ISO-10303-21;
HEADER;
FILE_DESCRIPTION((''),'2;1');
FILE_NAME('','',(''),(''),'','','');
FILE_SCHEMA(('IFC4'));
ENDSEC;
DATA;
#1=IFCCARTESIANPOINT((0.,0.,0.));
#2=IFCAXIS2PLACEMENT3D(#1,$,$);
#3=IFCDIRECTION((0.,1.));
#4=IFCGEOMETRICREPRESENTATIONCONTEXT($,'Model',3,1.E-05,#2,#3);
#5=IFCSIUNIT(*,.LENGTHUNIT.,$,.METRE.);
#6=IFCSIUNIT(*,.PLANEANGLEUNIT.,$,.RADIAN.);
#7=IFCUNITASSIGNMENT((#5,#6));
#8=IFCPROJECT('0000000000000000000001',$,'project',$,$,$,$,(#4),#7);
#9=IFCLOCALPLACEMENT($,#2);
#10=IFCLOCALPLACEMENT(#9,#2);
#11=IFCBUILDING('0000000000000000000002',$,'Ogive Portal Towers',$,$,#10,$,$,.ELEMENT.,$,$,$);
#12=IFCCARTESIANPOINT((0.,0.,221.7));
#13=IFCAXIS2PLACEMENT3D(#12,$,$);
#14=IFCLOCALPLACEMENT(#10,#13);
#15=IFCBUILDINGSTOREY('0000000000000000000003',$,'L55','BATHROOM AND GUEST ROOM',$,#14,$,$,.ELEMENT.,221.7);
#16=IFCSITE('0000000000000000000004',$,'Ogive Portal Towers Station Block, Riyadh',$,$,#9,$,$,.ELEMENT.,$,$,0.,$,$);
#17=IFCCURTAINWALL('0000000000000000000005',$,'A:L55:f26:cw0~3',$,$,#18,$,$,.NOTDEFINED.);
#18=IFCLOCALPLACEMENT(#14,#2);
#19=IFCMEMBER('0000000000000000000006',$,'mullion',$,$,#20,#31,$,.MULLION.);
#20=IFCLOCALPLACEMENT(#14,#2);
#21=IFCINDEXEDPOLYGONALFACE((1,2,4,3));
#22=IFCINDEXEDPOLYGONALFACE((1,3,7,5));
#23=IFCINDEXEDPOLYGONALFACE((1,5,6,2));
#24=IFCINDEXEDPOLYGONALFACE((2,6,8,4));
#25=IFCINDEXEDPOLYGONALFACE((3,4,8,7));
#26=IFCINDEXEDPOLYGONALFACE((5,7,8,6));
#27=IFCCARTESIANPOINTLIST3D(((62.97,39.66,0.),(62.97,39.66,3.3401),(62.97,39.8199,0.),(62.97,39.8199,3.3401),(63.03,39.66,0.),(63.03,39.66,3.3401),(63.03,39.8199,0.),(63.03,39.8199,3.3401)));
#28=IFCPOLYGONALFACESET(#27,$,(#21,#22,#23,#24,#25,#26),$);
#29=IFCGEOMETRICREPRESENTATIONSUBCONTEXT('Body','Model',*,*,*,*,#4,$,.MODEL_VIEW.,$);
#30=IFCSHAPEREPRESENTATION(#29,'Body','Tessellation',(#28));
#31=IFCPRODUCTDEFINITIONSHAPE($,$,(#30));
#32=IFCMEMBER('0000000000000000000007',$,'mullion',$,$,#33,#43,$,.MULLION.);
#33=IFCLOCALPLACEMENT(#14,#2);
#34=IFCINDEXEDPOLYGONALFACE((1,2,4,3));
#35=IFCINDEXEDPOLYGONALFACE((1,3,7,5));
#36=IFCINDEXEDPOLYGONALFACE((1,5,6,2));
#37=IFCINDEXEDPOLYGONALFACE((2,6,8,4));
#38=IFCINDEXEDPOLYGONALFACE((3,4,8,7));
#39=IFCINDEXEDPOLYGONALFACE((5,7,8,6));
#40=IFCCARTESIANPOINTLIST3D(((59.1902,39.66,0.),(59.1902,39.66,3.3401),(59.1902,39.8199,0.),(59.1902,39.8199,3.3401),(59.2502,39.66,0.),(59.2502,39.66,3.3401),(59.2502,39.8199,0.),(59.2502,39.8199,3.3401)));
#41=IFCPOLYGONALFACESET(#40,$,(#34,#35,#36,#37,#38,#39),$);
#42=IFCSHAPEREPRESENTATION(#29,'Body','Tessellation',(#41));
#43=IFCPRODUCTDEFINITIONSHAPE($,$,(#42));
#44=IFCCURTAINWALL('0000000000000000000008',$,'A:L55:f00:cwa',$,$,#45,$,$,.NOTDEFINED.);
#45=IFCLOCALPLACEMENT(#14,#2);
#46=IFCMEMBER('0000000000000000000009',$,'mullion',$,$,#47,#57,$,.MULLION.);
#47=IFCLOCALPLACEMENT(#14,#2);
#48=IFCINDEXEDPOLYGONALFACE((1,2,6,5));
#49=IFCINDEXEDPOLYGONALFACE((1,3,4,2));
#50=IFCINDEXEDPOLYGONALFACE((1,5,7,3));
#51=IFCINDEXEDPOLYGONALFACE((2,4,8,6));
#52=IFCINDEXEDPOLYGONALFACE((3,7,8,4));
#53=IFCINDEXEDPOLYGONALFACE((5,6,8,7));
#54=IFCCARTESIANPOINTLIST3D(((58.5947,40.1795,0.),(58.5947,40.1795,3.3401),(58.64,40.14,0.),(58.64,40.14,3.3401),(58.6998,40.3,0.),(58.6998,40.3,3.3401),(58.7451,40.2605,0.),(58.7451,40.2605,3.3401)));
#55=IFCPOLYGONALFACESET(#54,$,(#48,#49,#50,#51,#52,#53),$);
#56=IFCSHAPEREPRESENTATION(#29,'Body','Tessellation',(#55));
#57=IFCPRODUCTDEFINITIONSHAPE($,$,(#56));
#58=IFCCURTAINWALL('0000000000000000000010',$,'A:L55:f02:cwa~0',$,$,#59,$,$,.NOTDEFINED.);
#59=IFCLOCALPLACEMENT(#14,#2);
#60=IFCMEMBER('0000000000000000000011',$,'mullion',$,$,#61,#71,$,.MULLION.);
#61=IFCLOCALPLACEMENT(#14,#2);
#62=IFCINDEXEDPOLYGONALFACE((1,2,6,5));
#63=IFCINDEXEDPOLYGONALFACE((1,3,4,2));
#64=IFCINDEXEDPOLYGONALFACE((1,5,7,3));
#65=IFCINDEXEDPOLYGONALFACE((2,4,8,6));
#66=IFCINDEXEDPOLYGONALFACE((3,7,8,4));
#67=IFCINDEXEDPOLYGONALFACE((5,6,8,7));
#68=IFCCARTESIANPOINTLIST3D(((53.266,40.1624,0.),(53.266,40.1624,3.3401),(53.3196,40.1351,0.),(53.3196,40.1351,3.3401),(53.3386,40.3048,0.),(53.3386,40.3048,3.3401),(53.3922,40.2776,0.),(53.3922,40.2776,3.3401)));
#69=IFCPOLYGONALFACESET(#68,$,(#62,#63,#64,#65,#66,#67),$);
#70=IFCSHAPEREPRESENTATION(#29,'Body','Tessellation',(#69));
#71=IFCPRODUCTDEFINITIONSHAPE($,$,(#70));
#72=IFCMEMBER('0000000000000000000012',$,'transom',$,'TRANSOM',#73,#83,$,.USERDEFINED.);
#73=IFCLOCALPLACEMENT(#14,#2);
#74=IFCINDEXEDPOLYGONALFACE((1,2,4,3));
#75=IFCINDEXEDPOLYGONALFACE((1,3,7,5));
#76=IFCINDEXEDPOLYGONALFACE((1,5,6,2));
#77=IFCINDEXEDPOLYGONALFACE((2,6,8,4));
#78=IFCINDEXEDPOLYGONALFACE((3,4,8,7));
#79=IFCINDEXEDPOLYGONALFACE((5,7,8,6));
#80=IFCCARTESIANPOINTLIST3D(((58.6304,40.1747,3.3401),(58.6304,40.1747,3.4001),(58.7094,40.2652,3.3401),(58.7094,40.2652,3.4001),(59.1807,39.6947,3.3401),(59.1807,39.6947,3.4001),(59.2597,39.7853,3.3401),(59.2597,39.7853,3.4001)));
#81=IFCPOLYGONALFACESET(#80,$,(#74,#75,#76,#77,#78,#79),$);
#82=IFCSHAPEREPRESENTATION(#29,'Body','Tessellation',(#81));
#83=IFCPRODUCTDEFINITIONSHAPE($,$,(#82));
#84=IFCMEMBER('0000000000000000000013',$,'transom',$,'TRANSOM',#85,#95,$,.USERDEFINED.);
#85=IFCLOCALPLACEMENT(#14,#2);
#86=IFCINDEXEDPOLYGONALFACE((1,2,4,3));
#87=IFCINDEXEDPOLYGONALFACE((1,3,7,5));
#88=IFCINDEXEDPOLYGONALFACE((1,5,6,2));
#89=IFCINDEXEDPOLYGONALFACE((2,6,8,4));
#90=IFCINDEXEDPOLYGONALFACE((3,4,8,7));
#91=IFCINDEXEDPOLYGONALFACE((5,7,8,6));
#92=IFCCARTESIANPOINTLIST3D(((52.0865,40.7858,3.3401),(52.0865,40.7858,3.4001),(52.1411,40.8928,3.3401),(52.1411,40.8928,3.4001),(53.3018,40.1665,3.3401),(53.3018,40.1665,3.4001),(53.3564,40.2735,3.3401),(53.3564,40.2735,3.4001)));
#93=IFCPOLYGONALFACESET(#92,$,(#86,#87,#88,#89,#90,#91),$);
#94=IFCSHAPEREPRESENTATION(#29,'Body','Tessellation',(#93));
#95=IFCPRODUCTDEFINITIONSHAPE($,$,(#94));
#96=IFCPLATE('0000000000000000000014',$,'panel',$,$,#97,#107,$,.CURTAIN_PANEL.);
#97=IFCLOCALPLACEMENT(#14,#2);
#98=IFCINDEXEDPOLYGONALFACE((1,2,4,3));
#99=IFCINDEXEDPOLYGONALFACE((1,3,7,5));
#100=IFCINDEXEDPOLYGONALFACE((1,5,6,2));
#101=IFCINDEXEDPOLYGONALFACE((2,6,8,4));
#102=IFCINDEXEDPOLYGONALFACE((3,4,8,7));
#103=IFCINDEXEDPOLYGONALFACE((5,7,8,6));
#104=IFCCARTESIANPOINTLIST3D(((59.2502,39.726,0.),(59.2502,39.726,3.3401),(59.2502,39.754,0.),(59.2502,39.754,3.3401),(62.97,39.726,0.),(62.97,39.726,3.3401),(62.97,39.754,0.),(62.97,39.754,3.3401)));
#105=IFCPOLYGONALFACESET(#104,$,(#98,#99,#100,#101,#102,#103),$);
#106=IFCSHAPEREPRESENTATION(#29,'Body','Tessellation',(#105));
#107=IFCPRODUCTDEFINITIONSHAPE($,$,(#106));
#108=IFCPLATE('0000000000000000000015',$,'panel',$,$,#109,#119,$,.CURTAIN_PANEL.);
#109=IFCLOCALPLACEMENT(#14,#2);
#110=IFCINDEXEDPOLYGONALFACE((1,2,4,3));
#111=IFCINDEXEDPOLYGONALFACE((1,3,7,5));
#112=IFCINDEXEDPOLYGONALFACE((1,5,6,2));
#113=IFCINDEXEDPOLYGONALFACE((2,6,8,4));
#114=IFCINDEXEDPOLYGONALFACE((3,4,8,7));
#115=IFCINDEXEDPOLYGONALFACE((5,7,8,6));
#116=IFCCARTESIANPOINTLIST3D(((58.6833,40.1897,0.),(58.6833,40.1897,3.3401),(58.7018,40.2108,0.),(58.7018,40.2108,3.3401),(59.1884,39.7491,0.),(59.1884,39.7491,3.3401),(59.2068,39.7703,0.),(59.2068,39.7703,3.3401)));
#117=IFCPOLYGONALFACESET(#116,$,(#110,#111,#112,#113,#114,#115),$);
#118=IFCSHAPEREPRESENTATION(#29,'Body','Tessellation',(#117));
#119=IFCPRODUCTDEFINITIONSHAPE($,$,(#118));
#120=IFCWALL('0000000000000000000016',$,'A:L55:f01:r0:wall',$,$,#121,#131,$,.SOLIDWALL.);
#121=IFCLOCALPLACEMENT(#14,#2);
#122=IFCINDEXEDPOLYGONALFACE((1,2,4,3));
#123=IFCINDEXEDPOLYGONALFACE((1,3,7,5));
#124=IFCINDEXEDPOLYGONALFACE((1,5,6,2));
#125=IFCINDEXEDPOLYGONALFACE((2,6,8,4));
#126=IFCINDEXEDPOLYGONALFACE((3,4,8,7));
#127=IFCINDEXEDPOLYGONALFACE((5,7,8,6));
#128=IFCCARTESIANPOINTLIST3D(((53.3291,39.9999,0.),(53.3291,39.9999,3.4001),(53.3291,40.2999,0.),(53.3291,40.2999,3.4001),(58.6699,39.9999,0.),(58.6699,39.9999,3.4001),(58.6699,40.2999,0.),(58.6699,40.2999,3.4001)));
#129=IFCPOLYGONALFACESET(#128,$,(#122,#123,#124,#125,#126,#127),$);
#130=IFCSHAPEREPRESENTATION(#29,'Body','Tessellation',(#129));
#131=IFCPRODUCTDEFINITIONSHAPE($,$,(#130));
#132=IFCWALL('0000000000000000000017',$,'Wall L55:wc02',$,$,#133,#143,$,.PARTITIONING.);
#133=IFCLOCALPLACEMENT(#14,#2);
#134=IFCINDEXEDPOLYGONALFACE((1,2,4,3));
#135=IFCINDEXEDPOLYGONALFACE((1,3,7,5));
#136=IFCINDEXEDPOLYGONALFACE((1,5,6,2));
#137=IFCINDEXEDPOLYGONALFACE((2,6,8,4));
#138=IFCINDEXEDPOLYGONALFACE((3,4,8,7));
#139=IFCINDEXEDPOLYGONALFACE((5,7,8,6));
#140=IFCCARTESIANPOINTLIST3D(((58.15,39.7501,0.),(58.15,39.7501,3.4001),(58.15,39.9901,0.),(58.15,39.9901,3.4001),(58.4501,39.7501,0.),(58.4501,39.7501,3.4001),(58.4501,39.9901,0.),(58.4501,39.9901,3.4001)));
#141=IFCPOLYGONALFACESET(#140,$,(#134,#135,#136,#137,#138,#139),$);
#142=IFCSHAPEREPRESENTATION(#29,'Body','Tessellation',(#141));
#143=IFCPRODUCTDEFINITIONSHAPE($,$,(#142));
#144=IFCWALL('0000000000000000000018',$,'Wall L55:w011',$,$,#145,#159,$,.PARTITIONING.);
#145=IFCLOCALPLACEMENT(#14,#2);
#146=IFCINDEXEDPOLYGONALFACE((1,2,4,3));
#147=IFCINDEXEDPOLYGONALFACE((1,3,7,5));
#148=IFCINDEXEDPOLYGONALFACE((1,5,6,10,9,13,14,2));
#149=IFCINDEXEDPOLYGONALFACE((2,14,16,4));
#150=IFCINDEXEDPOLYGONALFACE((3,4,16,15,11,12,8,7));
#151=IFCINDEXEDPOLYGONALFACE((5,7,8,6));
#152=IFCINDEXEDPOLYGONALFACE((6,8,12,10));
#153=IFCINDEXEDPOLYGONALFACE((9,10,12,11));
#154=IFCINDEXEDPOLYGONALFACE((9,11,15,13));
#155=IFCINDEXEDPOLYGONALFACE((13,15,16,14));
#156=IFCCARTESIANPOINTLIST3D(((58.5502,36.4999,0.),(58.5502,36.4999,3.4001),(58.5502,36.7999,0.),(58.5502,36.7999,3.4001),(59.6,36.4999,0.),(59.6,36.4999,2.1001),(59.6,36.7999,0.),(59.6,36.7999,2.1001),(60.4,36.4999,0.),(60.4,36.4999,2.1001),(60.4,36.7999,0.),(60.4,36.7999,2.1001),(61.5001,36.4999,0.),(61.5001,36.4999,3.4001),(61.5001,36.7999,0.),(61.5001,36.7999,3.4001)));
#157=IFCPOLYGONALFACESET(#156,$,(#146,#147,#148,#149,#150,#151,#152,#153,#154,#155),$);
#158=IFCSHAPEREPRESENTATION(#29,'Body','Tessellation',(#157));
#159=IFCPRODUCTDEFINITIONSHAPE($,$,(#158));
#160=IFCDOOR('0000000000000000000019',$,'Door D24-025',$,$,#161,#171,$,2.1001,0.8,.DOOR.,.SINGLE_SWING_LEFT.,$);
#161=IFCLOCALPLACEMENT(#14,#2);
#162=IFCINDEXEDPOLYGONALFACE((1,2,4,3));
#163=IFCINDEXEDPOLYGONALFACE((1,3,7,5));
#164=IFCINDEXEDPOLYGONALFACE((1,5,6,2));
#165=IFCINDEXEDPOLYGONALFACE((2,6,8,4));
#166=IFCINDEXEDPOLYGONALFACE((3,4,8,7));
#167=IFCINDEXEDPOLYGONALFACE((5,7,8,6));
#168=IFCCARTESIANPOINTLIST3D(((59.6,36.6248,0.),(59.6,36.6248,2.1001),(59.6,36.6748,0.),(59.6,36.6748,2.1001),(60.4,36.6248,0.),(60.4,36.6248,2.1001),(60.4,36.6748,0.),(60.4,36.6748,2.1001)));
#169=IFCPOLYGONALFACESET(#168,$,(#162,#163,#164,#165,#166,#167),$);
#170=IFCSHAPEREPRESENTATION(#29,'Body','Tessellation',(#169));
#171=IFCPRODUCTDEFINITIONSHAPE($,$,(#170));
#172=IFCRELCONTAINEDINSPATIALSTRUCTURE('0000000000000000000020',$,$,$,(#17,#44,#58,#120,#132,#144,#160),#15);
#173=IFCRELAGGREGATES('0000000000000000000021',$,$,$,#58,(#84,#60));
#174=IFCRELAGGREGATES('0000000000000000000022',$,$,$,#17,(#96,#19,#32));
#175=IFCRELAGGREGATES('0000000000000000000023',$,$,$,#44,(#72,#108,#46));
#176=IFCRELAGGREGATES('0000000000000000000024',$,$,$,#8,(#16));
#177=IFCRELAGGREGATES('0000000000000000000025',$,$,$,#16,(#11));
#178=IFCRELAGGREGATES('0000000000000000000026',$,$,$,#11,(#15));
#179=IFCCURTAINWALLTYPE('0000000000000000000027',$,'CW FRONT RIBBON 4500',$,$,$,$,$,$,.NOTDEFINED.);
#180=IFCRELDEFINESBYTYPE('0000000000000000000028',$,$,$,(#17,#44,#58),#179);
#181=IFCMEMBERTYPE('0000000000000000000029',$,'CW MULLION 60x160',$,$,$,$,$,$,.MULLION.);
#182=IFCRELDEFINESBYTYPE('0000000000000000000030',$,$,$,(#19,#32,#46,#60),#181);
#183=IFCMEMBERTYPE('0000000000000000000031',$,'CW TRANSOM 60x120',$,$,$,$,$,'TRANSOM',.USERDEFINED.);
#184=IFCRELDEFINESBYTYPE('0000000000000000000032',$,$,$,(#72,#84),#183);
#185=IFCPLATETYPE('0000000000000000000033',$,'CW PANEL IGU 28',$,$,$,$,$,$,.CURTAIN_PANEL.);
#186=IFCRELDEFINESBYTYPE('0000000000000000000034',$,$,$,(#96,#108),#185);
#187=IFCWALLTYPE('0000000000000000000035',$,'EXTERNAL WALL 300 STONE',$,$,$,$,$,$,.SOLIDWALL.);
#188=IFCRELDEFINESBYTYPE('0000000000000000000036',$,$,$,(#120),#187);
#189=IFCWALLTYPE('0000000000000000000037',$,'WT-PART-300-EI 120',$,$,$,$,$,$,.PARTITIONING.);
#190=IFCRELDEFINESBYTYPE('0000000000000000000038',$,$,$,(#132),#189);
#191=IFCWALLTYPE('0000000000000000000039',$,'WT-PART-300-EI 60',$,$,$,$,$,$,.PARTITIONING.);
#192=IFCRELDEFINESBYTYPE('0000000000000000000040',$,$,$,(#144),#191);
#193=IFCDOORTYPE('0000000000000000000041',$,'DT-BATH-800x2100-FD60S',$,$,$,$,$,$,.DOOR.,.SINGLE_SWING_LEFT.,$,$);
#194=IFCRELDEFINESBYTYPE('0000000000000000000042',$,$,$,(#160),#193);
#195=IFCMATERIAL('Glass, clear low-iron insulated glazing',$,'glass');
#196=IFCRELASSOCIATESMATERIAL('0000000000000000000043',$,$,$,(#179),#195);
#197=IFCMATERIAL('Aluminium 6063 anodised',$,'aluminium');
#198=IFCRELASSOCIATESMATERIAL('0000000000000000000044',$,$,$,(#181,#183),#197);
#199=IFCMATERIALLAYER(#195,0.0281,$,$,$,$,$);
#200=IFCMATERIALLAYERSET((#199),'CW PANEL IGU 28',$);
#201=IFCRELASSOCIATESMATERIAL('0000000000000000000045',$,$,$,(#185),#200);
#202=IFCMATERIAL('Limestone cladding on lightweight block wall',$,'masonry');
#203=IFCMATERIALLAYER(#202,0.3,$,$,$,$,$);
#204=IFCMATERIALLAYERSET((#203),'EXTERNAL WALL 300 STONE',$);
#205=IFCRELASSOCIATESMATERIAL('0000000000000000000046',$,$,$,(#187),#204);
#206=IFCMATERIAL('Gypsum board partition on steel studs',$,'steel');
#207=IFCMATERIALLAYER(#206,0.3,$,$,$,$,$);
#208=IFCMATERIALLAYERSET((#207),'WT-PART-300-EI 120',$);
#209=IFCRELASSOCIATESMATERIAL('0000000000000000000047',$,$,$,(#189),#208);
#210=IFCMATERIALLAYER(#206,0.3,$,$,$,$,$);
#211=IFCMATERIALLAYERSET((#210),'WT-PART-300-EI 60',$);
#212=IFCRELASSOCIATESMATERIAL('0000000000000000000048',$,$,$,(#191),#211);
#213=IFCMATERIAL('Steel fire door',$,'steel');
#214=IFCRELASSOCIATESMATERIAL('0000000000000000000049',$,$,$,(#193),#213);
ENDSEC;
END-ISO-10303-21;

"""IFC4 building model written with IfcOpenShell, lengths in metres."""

from ifc_helpers import new_model, si_unit, direction, frame, frame_2d, origin, origin_2d, place, context, subcontext, project, spatial, rectangle, extrude, material, layer, layer_set, material_profile, profile_set, type_object, element, fill, aggregate, save


model = new_model("IFC4")

# Units and contexts
model_context = context("Model", 3, precision=1e-05, world=origin(), true_north=direction((0.0, 1.0)))
body_context = subcontext(model_context, "Body", "Model", "MODEL_VIEW")
ifc_project = project(units=[si_unit("LENGTHUNIT", "METRE"), si_unit("PLANEANGLEUNIT", "RADIAN")], contexts=[model_context])

# Site, building, storey
site_placement = place(None, origin())
site = spatial("IfcSite", under=ifc_project, at=site_placement, Name="Ogive Portal Towers Station Block, Riyadh", CompositionType="ELEMENT", RefElevation=0.0)
building_placement = place(site_placement, origin())
building = spatial("IfcBuilding", under=site, at=building_placement, Name="Ogive Portal Towers", CompositionType="ELEMENT")
storey_placement = place(building_placement, frame((0.0, 0.0, 221.7)))
storey = spatial("IfcBuildingStorey", under=building, at=storey_placement, Name="L55", Description="BATHROOM AND GUEST ROOM", CompositionType="ELEMENT", Elevation=221.7)

# Curtain wall, members
ifc_material_1 = material(Name="Glass, clear low-iron insulated glazing", Category="glass")
curtain_wall_type = type_object("IfcCurtainWallType", Name="CW FRONT RIBBON 4500", PredefinedType="NOTDEFINED", material=ifc_material_1)
curtain_wall_1_placement = place(storey_placement, origin())
curtain_wall_1 = element("IfcCurtainWall", 1, at=curtain_wall_1_placement, inside=storey, type_object=curtain_wall_type, Name="A:L55:f26:cw0~3", PredefinedType="NOTDEFINED")
ifc_material_2 = material(Name="Aluminium 6063 anodised", Category="aluminium")
ifc_material_profile_1 = material_profile(ifc_material_2, rectangle(XDim=0.1599, YDim=0.0601, at=origin_2d()), Name="AL 60x160")
ifc_profile_set_1 = profile_set([ifc_material_profile_1], Name="Aluminium 6063 anodised")
member_type_1 = type_object("IfcMemberType", Name="CW MULLION 60x160", PredefinedType="MULLION", material=ifc_profile_set_1)
member_1_placement = place(storey_placement, frame((63.0, 39.74, 0.0), z_axis=(0.0, 0.0, 1.0), x_axis=(0.0, -1.0, 0.0)))
member_1 = element("IfcMember", 2, at=member_1_placement, type_object=member_type_1, Name="mullion", PredefinedType="MULLION", context=body_context, shape_type="SweptSolid", body=[
    extrude(rectangle(XDim=0.1599, YDim=0.0601, at=origin_2d()), origin(), (0.0, 0.0, 1.0), 3.3401),
])
member_2_placement = place(storey_placement, frame((59.2202, 39.74, 0.0), z_axis=(0.0, 0.0, 1.0), x_axis=(0.0, -1.0, 0.0)))
member_2 = element("IfcMember", 3, at=member_2_placement, type_object=member_type_1, Name="mullion", PredefinedType="MULLION", context=body_context, shape_type="SweptSolid", body=[
    extrude(rectangle(XDim=0.1599, YDim=0.0601, at=origin_2d()), origin(), (0.0, 0.0, 1.0), 3.3401),
])

# Curtain walls, members
curtain_wall_2_placement = place(storey_placement, origin())
curtain_wall_2 = element("IfcCurtainWall", 4, at=curtain_wall_2_placement, inside=storey, type_object=curtain_wall_type, Name="A:L55:f00:cwa", PredefinedType="NOTDEFINED")
member_3_placement = place(storey_placement, frame((58.6699, 40.22, 0.0), z_axis=(0.0, 0.0, 1.0), x_axis=(-0.657335, -0.753599, 0.0)))
member_3 = element("IfcMember", 5, at=member_3_placement, type_object=member_type_1, Name="mullion", PredefinedType="MULLION", context=body_context, shape_type="SweptSolid", body=[
    extrude(rectangle(XDim=0.1599, YDim=0.0601, at=origin_2d()), origin(), (0.0, 0.0, 1.0), 3.3401),
])
curtain_wall_3_placement = place(storey_placement, origin())
curtain_wall_3 = element("IfcCurtainWall", 6, at=curtain_wall_3_placement, inside=storey, type_object=curtain_wall_type, Name="A:L55:f02:cwa~0", PredefinedType="NOTDEFINED")
member_4_placement = place(storey_placement, frame((53.3291, 40.22, 0.0), z_axis=(0.0, 0.0, 1.0), x_axis=(-0.45399, -0.891007, 0.0)))
member_4 = element("IfcMember", 7, at=member_4_placement, type_object=member_type_1, Name="mullion", PredefinedType="MULLION", context=body_context, shape_type="SweptSolid", body=[
    extrude(rectangle(XDim=0.1599, YDim=0.0601, at=origin_2d()), origin(), (0.0, 0.0, 1.0), 3.3401),
])

# Members
ifc_material_profile_2 = material_profile(ifc_material_2, rectangle(XDim=0.1201, YDim=0.0601, at=origin_2d()), Name="AL 120x60")
ifc_profile_set_2 = profile_set([ifc_material_profile_2], Name="Aluminium 6063 anodised")
member_type_2 = type_object("IfcMemberType", Name="CW TRANSOM 60x120", ElementType="TRANSOM", PredefinedType="USERDEFINED", material=ifc_profile_set_2)
member_5_placement = place(storey_placement, frame((59.2202, 39.74, 3.3701), z_axis=(-0.753611, 0.65732, 0.0), x_axis=(-0.65732, -0.753611, 0.0)))
member_5 = element("IfcMember", 8, at=member_5_placement, type_object=member_type_2, Name="transom", ObjectType="TRANSOM", PredefinedType="USERDEFINED", context=body_context, shape_type="SweptSolid", body=[
    extrude(rectangle(XDim=0.1201, YDim=0.0601, at=origin_2d()), origin(), (0.0, 0.0, 1.0), 0.7302),
])
member_6_placement = place(storey_placement, frame((53.3291, 40.22, 3.3701), z_axis=(-0.890964, 0.454073, 0.0), x_axis=(-0.454073, -0.890964, 0.0)))
member_6 = element("IfcMember", 9, at=member_6_placement, type_object=member_type_2, Name="transom", ObjectType="TRANSOM", PredefinedType="USERDEFINED", context=body_context, shape_type="SweptSolid", body=[
    extrude(rectangle(XDim=0.1201, YDim=0.0601, at=origin_2d()), origin(), (0.0, 0.0, 1.0), 1.364),
])
aggregate(curtain_wall_3, [member_6, member_4])

# Plates
ifc_layer_1 = layer(ifc_material_1, 0.0281)
ifc_layer_set_1 = layer_set([ifc_layer_1], Name="CW PANEL IGU 28")
plate_type = type_object("IfcPlateType", Name="CW PANEL IGU 28", PredefinedType="CURTAIN_PANEL", material=ifc_layer_set_1)
plate_1_placement = place(storey_placement, frame((61.1101, 39.74, 0.0), z_axis=(0.0, 0.0, 1.0), x_axis=(-1.0, 0.0, 0.0)))
plate_1 = element("IfcPlate", 10, at=plate_1_placement, type_object=plate_type, Name="panel", PredefinedType="CURTAIN_PANEL", context=body_context, shape_type="SweptSolid", body=[
    extrude(rectangle(XDim=3.7197, YDim=0.0281, at=origin_2d()), origin(), (0.0, 0.0, 1.0), 3.3401),
])
aggregate(curtain_wall_1, [plate_1, member_1, member_2])
plate_2_placement = place(storey_placement, frame((58.9451, 39.98, 0.0), z_axis=(0.0, 0.0, 1.0), x_axis=(-0.753599, 0.657335, 0.0)))
plate_2 = element("IfcPlate", 11, at=plate_2_placement, type_object=plate_type, Name="panel", PredefinedType="CURTAIN_PANEL", context=body_context, shape_type="SweptSolid", body=[
    extrude(rectangle(XDim=0.6702, YDim=0.0281, at=origin_2d()), origin(), (0.0, 0.0, 1.0), 3.3401),
])
aggregate(curtain_wall_2, [member_5, plate_2, member_3])

# Walls
ifc_material_3 = material(Name="Limestone cladding on lightweight block wall", Category="masonry")
ifc_layer_2 = layer(ifc_material_3, 0.3)
ifc_layer_set_2 = layer_set([ifc_layer_2], Name="EXTERNAL WALL 300 STONE")
wall_type_1 = type_object("IfcWallType", Name="EXTERNAL WALL 300 STONE", PredefinedType="SOLIDWALL", material=ifc_layer_set_2)
wall_1_placement = place(storey_placement, frame((58.6699, 40.1499, 0.0), z_axis=(0.0, 0.0, 1.0), x_axis=(-1.0, 0.0, 0.0)))
element("IfcWall", 12, at=wall_1_placement, inside=storey, type_object=wall_type_1, Name="A:L55:f01:r0:wall", PredefinedType="SOLIDWALL", context=body_context, shape_type="SweptSolid", body=[
    extrude(rectangle(XDim=5.3408, YDim=0.3, at=frame_2d((2.6704, 0.0))), origin(), (0.0, 0.0, 1.0), 3.4001),
])
ifc_material_4 = material(Name="Gypsum board partition on steel studs", Category="steel")
ifc_layer_3 = layer(ifc_material_4, 0.3)
ifc_layer_set_3 = layer_set([ifc_layer_3], Name="WT-PART-300-EI 120")
wall_type_2 = type_object("IfcWallType", Name="WT-PART-300-EI 120", PredefinedType="PARTITIONING", material=ifc_layer_set_3)
wall_2_placement = place(storey_placement, frame((58.3, 39.75, 0.0), z_axis=(0.0, 0.0, 1.0), x_axis=(0.0, 1.0, 0.0)))
element("IfcWall", 13, at=wall_2_placement, inside=storey, type_object=wall_type_2, Name="Wall L55:wc02", PredefinedType="PARTITIONING", context=body_context, shape_type="SweptSolid", body=[
    extrude(rectangle(XDim=0.24, YDim=0.3, at=frame_2d((0.1201, 0.0))), origin(), (0.0, 0.0, 1.0), 3.4001),
])

# Wall, opening, door
ifc_layer_4 = layer(ifc_material_4, 0.3)
ifc_layer_set_4 = layer_set([ifc_layer_4], Name="WT-PART-300-EI 60")
wall_type_3 = type_object("IfcWallType", Name="WT-PART-300-EI 60", PredefinedType="PARTITIONING", material=ifc_layer_set_4)
wall_3_placement = place(storey_placement, frame((58.55, 36.6499, 0.0), z_axis=(0.0, 0.0, 1.0), x_axis=(1.0, 0.0, 0.0)))
wall_3 = element("IfcWall", 14, at=wall_3_placement, inside=storey, type_object=wall_type_3, Name="Wall L55:w011", PredefinedType="PARTITIONING", context=body_context, shape_type="SweptSolid", body=[
    extrude(rectangle(XDim=2.95, YDim=0.3, at=frame_2d((1.4751, 0.0))), origin(), (0.0, 0.0, 1.0), 3.4001),
])
opening_1_placement = place(wall_3_placement, frame((1.05, 0.0, 0.0)))
opening_1 = element("IfcOpeningElement", 15, at=opening_1_placement, cuts=wall_3, PredefinedType="OPENING", context=body_context, shape_type="SweptSolid", body=[
    extrude(rectangle(XDim=0.8, YDim=2.1001, at=frame_2d((0.3999, 1.05))), frame((0.0, 0.1602, 0.0), z_axis=(0.0, -1.0, 0.0), x_axis=(1.0, 0.0, 0.0)), (0.0, 0.0, 1.0), 0.3201),
])
ifc_material_5 = material(Name="Steel fire door", Category="steel")
door_type = type_object("IfcDoorType", Name="DT-BATH-800x2100-FD60S", OperationType="SINGLE_SWING_LEFT", PredefinedType="DOOR", material=ifc_material_5)
door_1_placement = place(opening_1_placement, origin())
door_1 = element("IfcDoor", 16, at=door_1_placement, inside=storey, type_object=door_type, Name="Door D24-025", OperationType="SINGLE_SWING_LEFT", OverallHeight=2.1001, OverallWidth=0.8, PredefinedType="DOOR", context=body_context, shape_type="SweptSolid", body=[
    extrude(rectangle(XDim=0.8, YDim=2.1001, at=frame_2d((0.3999, 1.05))), frame((0.0, 0.0249, 0.0), z_axis=(0.0, -1.0, 0.0), x_axis=(1.0, 0.0, 0.0)), (0.0, 0.0, 1.0), 0.05),
])
fill(opening_1, door_1)

save(model, "model.ifc")
